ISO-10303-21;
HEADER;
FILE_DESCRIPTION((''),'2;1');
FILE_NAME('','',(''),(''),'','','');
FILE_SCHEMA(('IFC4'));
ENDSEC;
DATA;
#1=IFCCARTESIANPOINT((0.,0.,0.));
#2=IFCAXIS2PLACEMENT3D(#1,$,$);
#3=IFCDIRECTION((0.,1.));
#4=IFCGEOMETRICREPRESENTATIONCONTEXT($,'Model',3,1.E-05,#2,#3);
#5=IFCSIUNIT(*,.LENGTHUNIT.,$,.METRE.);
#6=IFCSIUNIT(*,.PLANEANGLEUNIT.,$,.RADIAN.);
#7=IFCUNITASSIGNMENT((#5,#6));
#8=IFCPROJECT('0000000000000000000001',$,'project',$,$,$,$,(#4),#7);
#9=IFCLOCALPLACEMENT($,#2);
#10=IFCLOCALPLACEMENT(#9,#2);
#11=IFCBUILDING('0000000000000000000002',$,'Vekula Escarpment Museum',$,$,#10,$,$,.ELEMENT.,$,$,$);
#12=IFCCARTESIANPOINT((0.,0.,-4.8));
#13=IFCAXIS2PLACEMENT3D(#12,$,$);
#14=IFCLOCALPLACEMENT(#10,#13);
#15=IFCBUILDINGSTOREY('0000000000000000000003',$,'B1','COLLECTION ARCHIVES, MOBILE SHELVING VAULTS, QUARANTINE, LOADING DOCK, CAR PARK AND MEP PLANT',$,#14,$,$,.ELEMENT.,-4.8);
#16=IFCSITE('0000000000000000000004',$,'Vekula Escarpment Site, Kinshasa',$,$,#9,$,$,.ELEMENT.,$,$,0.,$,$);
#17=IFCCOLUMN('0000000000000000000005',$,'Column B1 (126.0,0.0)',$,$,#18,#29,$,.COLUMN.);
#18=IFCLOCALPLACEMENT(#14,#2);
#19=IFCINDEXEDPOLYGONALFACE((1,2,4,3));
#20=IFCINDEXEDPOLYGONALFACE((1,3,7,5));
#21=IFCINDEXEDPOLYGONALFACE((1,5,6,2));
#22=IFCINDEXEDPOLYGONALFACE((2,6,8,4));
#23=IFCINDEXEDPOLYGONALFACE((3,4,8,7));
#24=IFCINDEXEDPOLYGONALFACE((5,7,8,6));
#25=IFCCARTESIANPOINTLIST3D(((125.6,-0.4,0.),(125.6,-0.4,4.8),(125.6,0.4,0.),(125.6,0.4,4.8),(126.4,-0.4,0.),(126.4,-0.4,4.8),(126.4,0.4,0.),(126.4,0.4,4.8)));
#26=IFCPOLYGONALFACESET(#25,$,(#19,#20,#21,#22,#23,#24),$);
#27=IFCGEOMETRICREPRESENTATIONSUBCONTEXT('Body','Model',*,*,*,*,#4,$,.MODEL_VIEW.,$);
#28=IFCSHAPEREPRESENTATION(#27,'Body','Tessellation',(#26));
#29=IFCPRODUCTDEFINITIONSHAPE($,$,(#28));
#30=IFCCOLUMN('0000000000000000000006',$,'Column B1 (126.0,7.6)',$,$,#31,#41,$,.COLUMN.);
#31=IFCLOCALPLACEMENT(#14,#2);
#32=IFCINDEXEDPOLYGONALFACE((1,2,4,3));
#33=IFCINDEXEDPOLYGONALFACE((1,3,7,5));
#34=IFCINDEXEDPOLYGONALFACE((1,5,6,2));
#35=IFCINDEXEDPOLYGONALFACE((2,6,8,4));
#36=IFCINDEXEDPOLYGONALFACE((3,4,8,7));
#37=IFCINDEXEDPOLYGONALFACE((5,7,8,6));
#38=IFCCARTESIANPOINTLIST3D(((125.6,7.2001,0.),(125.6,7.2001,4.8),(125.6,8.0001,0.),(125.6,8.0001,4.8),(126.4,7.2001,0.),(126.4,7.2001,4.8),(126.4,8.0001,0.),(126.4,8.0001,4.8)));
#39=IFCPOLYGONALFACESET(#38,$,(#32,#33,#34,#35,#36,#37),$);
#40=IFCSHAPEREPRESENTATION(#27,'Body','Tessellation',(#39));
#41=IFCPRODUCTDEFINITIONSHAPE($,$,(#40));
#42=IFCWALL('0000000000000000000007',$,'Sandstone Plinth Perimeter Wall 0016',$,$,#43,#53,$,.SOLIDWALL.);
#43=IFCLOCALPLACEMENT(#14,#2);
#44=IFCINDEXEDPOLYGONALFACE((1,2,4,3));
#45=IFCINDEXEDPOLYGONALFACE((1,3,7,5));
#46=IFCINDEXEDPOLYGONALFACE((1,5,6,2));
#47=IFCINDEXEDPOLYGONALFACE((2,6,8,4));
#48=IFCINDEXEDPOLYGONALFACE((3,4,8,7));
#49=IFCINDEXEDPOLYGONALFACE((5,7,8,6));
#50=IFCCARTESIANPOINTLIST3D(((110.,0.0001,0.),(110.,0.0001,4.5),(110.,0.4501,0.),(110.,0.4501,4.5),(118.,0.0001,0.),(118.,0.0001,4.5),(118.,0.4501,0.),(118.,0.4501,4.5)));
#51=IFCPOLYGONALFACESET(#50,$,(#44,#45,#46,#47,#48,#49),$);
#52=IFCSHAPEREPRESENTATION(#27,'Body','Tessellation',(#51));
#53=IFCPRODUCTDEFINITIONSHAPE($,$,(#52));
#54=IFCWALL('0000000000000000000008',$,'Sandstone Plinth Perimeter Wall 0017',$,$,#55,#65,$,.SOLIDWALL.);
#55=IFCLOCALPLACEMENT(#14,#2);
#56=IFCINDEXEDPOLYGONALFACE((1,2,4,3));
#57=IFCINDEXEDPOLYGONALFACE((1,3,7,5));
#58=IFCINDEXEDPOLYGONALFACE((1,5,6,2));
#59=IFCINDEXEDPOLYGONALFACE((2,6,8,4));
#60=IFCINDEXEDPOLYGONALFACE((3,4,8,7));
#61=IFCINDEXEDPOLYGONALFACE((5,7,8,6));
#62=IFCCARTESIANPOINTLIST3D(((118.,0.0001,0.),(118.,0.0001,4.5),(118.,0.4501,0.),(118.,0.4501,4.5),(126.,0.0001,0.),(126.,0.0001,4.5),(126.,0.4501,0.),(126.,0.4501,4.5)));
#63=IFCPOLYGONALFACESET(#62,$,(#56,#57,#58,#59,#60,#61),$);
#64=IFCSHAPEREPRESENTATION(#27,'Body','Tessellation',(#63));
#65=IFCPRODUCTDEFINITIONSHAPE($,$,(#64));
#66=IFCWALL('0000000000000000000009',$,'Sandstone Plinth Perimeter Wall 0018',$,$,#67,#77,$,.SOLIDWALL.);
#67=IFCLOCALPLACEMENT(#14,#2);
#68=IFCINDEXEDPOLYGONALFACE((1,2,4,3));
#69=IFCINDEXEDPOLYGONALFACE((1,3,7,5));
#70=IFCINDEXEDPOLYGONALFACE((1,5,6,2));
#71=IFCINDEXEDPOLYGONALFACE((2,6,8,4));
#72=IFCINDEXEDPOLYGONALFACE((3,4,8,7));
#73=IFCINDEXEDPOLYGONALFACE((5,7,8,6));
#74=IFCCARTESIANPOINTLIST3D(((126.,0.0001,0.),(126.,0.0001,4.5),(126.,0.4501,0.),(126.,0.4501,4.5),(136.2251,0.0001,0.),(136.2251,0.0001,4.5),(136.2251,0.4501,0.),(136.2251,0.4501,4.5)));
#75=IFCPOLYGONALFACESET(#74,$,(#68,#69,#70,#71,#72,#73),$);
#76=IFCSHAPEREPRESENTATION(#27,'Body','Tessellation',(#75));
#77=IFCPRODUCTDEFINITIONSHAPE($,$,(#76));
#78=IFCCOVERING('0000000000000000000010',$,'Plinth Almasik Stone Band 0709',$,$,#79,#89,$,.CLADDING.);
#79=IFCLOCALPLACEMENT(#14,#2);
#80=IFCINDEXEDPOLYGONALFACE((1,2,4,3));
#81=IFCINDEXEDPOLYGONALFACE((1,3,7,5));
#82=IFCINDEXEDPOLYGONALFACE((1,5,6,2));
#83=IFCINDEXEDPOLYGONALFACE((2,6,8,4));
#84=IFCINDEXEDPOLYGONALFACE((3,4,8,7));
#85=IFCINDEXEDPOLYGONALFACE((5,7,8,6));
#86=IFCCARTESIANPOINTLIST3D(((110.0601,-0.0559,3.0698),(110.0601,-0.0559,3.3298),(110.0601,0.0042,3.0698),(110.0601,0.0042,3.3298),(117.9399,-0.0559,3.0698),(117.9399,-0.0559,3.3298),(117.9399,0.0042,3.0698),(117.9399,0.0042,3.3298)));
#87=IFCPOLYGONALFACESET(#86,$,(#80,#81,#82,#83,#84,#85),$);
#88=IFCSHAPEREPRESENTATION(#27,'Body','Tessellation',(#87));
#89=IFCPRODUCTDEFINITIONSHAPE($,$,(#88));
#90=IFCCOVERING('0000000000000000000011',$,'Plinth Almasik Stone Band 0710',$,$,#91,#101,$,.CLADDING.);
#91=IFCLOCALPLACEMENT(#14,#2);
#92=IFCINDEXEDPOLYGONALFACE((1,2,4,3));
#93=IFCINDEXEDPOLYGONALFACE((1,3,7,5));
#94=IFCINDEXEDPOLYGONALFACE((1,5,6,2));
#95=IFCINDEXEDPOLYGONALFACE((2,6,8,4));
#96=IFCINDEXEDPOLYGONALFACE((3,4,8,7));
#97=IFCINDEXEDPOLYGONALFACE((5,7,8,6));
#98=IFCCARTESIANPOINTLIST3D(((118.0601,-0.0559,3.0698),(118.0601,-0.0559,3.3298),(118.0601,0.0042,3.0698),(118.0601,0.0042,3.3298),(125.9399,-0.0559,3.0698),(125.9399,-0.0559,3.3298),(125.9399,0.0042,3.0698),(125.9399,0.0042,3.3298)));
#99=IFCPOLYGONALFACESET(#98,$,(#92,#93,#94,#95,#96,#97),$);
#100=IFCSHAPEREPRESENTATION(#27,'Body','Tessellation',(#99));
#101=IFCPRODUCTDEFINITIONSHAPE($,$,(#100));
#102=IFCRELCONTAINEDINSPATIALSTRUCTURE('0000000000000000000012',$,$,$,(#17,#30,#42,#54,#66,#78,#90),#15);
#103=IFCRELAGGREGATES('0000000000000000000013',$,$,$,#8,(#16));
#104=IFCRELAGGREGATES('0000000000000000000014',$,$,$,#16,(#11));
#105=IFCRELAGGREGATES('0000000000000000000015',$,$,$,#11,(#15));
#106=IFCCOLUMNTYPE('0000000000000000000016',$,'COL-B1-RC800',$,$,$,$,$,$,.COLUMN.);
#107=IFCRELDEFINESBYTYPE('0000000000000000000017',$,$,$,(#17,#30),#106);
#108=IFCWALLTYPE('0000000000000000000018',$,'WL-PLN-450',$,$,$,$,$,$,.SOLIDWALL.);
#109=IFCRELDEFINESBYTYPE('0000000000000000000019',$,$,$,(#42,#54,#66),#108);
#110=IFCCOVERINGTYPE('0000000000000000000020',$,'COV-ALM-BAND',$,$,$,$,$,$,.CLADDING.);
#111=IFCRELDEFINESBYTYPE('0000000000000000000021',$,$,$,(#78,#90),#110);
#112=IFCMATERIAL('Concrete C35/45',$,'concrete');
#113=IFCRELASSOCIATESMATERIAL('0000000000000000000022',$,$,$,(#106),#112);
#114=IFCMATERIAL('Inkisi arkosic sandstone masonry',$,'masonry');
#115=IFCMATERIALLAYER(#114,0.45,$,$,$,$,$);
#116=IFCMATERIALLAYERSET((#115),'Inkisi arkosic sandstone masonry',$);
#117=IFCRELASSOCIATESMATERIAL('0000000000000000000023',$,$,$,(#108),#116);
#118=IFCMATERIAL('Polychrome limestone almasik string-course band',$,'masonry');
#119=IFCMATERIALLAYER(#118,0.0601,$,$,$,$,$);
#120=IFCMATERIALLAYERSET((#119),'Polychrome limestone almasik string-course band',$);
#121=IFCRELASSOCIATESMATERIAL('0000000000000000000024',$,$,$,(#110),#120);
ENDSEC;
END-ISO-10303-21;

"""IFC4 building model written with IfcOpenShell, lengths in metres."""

from ifc_helpers import new_model, si_unit, direction, frame, frame_2d, origin, origin_2d, place, context, subcontext, project, spatial, rectangle, extrude, material, layer, layer_set, material_profile, profile_set, type_object, element, save


model = new_model("IFC4")

# Units and contexts
model_context = context("Model", 3, precision=1e-05, world=origin(), true_north=direction((0.0, 1.0)))
body_context = subcontext(model_context, "Body", "Model", "MODEL_VIEW")
ifc_project = project(units=[si_unit("LENGTHUNIT", "METRE"), si_unit("PLANEANGLEUNIT", "RADIAN")], contexts=[model_context])

# Site, building, storey
site_placement = place(None, origin())
site = spatial("IfcSite", under=ifc_project, at=site_placement, Name="Vekula Escarpment Site, Kinshasa", CompositionType="ELEMENT", RefElevation=0.0)
building_placement = place(site_placement, origin())
building = spatial("IfcBuilding", under=site, at=building_placement, Name="Vekula Escarpment Museum", CompositionType="ELEMENT")
storey_placement = place(building_placement, frame((0.0, 0.0, -4.8)))
storey = spatial("IfcBuildingStorey", under=building, at=storey_placement, Name="B1", Description="COLLECTION ARCHIVES, MOBILE SHELVING VAULTS, QUARANTINE, LOADING DOCK, CAR PARK AND MEP PLANT", CompositionType="ELEMENT", Elevation=-4.8)

# Columns
ifc_material_1 = material(Name="Concrete C35/45", Category="concrete")
ifc_material_profile_1 = material_profile(ifc_material_1, rectangle(XDim=0.8, YDim=0.8, at=origin_2d()), Name="RC 800x800")
ifc_profile_set_1 = profile_set([ifc_material_profile_1], Name="Concrete C35/45")
column_type_1 = type_object("IfcColumnType", Name="COL-B1-RC800", PredefinedType="COLUMN", material=ifc_profile_set_1)
for number, where, z_axis, x_axis, name in (
    (1, (126.0, 0.0, 0.0), (0.0, 0.0, 1.0), (1.0, 0.0, 0.0), "Column B1 (126.0,0.0)"),
    (2, (126.0, 7.6001, 0.0), (0.0, 0.0, 1.0), (1.0, 0.0, 0.0), "Column B1 (126.0,7.6)"),
):
    element("IfcColumn", number, at=place(storey_placement, frame(where, z_axis=z_axis, x_axis=x_axis)), inside=storey, type_object=column_type_1, Name=name, PredefinedType="COLUMN", context=body_context, shape_type="SweptSolid", body=[
        extrude(rectangle(XDim=0.8, YDim=0.8, at=origin_2d()), origin(), (0.0, 0.0, 1.0), 4.8),
    ])

# Walls
ifc_material_2 = material(Name="Inkisi arkosic sandstone masonry", Category="masonry")
ifc_layer_1 = layer(ifc_material_2, 0.45)
ifc_layer_set_1 = layer_set([ifc_layer_1], Name="Inkisi arkosic sandstone masonry")
wall_type = type_object("IfcWallType", Name="WL-PLN-450", PredefinedType="SOLIDWALL", material=ifc_layer_set_1)
for number, where, z_axis, x_axis, name in (
    (3, (110.0, 0.2251, 0.0), (0.0, 0.0, 1.0), (1.0, 0.0, 0.0), "Sandstone Plinth Perimeter Wall 0016"),
    (4, (118.0, 0.2251, 0.0), (0.0, 0.0, 1.0), (1.0, 0.0, 0.0), "Sandstone Plinth Perimeter Wall 0017"),
):
    element("IfcWall", number, at=place(storey_placement, frame(where, z_axis=z_axis, x_axis=x_axis)), inside=storey, type_object=wall_type, Name=name, PredefinedType="SOLIDWALL", context=body_context, shape_type="SweptSolid", body=[
        extrude(rectangle(XDim=8.0, YDim=0.45, at=frame_2d((4.0, 0.0))), origin(), (0.0, 0.0, 1.0), 4.5),
    ])
wall_placement = place(storey_placement, frame((126.0, 0.2251, 0.0), z_axis=(0.0, 0.0, 1.0), x_axis=(1.0, 0.0, 0.0)))
element("IfcWall", 5, at=wall_placement, inside=storey, type_object=wall_type, Name="Sandstone Plinth Perimeter Wall 0018", PredefinedType="SOLIDWALL", context=body_context, shape_type="SweptSolid", body=[
    extrude(rectangle(XDim=10.2251, YDim=0.45, at=frame_2d((5.1125, 0.0))), origin(), (0.0, 0.0, 1.0), 4.5),
])

# Coverings
ifc_material_3 = material(Name="Polychrome limestone almasik string-course band", Category="masonry")
ifc_layer_2 = layer(ifc_material_3, 0.0601)
ifc_layer_set_2 = layer_set([ifc_layer_2], Name="Polychrome limestone almasik string-course band")
covering_type = type_object("IfcCoveringType", Name="COV-ALM-BAND", PredefinedType="CLADDING", material=ifc_layer_set_2)
for number, where, z_axis, x_axis, name in (
    (6, (114.0, -0.0259, 3.0698), (0.0, 0.0, 1.0), (1.0, 0.0, 0.0), "Plinth Almasik Stone Band 0709"),
    (7, (122.0, -0.0259, 3.0698), (0.0, 0.0, 1.0), (1.0, 0.0, 0.0), "Plinth Almasik Stone Band 0710"),
):
    element("IfcCovering", number, at=place(storey_placement, frame(where, z_axis=z_axis, x_axis=x_axis)), inside=storey, type_object=covering_type, Name=name, PredefinedType="CLADDING", context=body_context, shape_type="SweptSolid", body=[
        extrude(rectangle(XDim=7.8799, YDim=0.0601, at=origin_2d()), origin(), (0.0, 0.0, 1.0), 0.26),
    ])

save(model, "model.ifc")
